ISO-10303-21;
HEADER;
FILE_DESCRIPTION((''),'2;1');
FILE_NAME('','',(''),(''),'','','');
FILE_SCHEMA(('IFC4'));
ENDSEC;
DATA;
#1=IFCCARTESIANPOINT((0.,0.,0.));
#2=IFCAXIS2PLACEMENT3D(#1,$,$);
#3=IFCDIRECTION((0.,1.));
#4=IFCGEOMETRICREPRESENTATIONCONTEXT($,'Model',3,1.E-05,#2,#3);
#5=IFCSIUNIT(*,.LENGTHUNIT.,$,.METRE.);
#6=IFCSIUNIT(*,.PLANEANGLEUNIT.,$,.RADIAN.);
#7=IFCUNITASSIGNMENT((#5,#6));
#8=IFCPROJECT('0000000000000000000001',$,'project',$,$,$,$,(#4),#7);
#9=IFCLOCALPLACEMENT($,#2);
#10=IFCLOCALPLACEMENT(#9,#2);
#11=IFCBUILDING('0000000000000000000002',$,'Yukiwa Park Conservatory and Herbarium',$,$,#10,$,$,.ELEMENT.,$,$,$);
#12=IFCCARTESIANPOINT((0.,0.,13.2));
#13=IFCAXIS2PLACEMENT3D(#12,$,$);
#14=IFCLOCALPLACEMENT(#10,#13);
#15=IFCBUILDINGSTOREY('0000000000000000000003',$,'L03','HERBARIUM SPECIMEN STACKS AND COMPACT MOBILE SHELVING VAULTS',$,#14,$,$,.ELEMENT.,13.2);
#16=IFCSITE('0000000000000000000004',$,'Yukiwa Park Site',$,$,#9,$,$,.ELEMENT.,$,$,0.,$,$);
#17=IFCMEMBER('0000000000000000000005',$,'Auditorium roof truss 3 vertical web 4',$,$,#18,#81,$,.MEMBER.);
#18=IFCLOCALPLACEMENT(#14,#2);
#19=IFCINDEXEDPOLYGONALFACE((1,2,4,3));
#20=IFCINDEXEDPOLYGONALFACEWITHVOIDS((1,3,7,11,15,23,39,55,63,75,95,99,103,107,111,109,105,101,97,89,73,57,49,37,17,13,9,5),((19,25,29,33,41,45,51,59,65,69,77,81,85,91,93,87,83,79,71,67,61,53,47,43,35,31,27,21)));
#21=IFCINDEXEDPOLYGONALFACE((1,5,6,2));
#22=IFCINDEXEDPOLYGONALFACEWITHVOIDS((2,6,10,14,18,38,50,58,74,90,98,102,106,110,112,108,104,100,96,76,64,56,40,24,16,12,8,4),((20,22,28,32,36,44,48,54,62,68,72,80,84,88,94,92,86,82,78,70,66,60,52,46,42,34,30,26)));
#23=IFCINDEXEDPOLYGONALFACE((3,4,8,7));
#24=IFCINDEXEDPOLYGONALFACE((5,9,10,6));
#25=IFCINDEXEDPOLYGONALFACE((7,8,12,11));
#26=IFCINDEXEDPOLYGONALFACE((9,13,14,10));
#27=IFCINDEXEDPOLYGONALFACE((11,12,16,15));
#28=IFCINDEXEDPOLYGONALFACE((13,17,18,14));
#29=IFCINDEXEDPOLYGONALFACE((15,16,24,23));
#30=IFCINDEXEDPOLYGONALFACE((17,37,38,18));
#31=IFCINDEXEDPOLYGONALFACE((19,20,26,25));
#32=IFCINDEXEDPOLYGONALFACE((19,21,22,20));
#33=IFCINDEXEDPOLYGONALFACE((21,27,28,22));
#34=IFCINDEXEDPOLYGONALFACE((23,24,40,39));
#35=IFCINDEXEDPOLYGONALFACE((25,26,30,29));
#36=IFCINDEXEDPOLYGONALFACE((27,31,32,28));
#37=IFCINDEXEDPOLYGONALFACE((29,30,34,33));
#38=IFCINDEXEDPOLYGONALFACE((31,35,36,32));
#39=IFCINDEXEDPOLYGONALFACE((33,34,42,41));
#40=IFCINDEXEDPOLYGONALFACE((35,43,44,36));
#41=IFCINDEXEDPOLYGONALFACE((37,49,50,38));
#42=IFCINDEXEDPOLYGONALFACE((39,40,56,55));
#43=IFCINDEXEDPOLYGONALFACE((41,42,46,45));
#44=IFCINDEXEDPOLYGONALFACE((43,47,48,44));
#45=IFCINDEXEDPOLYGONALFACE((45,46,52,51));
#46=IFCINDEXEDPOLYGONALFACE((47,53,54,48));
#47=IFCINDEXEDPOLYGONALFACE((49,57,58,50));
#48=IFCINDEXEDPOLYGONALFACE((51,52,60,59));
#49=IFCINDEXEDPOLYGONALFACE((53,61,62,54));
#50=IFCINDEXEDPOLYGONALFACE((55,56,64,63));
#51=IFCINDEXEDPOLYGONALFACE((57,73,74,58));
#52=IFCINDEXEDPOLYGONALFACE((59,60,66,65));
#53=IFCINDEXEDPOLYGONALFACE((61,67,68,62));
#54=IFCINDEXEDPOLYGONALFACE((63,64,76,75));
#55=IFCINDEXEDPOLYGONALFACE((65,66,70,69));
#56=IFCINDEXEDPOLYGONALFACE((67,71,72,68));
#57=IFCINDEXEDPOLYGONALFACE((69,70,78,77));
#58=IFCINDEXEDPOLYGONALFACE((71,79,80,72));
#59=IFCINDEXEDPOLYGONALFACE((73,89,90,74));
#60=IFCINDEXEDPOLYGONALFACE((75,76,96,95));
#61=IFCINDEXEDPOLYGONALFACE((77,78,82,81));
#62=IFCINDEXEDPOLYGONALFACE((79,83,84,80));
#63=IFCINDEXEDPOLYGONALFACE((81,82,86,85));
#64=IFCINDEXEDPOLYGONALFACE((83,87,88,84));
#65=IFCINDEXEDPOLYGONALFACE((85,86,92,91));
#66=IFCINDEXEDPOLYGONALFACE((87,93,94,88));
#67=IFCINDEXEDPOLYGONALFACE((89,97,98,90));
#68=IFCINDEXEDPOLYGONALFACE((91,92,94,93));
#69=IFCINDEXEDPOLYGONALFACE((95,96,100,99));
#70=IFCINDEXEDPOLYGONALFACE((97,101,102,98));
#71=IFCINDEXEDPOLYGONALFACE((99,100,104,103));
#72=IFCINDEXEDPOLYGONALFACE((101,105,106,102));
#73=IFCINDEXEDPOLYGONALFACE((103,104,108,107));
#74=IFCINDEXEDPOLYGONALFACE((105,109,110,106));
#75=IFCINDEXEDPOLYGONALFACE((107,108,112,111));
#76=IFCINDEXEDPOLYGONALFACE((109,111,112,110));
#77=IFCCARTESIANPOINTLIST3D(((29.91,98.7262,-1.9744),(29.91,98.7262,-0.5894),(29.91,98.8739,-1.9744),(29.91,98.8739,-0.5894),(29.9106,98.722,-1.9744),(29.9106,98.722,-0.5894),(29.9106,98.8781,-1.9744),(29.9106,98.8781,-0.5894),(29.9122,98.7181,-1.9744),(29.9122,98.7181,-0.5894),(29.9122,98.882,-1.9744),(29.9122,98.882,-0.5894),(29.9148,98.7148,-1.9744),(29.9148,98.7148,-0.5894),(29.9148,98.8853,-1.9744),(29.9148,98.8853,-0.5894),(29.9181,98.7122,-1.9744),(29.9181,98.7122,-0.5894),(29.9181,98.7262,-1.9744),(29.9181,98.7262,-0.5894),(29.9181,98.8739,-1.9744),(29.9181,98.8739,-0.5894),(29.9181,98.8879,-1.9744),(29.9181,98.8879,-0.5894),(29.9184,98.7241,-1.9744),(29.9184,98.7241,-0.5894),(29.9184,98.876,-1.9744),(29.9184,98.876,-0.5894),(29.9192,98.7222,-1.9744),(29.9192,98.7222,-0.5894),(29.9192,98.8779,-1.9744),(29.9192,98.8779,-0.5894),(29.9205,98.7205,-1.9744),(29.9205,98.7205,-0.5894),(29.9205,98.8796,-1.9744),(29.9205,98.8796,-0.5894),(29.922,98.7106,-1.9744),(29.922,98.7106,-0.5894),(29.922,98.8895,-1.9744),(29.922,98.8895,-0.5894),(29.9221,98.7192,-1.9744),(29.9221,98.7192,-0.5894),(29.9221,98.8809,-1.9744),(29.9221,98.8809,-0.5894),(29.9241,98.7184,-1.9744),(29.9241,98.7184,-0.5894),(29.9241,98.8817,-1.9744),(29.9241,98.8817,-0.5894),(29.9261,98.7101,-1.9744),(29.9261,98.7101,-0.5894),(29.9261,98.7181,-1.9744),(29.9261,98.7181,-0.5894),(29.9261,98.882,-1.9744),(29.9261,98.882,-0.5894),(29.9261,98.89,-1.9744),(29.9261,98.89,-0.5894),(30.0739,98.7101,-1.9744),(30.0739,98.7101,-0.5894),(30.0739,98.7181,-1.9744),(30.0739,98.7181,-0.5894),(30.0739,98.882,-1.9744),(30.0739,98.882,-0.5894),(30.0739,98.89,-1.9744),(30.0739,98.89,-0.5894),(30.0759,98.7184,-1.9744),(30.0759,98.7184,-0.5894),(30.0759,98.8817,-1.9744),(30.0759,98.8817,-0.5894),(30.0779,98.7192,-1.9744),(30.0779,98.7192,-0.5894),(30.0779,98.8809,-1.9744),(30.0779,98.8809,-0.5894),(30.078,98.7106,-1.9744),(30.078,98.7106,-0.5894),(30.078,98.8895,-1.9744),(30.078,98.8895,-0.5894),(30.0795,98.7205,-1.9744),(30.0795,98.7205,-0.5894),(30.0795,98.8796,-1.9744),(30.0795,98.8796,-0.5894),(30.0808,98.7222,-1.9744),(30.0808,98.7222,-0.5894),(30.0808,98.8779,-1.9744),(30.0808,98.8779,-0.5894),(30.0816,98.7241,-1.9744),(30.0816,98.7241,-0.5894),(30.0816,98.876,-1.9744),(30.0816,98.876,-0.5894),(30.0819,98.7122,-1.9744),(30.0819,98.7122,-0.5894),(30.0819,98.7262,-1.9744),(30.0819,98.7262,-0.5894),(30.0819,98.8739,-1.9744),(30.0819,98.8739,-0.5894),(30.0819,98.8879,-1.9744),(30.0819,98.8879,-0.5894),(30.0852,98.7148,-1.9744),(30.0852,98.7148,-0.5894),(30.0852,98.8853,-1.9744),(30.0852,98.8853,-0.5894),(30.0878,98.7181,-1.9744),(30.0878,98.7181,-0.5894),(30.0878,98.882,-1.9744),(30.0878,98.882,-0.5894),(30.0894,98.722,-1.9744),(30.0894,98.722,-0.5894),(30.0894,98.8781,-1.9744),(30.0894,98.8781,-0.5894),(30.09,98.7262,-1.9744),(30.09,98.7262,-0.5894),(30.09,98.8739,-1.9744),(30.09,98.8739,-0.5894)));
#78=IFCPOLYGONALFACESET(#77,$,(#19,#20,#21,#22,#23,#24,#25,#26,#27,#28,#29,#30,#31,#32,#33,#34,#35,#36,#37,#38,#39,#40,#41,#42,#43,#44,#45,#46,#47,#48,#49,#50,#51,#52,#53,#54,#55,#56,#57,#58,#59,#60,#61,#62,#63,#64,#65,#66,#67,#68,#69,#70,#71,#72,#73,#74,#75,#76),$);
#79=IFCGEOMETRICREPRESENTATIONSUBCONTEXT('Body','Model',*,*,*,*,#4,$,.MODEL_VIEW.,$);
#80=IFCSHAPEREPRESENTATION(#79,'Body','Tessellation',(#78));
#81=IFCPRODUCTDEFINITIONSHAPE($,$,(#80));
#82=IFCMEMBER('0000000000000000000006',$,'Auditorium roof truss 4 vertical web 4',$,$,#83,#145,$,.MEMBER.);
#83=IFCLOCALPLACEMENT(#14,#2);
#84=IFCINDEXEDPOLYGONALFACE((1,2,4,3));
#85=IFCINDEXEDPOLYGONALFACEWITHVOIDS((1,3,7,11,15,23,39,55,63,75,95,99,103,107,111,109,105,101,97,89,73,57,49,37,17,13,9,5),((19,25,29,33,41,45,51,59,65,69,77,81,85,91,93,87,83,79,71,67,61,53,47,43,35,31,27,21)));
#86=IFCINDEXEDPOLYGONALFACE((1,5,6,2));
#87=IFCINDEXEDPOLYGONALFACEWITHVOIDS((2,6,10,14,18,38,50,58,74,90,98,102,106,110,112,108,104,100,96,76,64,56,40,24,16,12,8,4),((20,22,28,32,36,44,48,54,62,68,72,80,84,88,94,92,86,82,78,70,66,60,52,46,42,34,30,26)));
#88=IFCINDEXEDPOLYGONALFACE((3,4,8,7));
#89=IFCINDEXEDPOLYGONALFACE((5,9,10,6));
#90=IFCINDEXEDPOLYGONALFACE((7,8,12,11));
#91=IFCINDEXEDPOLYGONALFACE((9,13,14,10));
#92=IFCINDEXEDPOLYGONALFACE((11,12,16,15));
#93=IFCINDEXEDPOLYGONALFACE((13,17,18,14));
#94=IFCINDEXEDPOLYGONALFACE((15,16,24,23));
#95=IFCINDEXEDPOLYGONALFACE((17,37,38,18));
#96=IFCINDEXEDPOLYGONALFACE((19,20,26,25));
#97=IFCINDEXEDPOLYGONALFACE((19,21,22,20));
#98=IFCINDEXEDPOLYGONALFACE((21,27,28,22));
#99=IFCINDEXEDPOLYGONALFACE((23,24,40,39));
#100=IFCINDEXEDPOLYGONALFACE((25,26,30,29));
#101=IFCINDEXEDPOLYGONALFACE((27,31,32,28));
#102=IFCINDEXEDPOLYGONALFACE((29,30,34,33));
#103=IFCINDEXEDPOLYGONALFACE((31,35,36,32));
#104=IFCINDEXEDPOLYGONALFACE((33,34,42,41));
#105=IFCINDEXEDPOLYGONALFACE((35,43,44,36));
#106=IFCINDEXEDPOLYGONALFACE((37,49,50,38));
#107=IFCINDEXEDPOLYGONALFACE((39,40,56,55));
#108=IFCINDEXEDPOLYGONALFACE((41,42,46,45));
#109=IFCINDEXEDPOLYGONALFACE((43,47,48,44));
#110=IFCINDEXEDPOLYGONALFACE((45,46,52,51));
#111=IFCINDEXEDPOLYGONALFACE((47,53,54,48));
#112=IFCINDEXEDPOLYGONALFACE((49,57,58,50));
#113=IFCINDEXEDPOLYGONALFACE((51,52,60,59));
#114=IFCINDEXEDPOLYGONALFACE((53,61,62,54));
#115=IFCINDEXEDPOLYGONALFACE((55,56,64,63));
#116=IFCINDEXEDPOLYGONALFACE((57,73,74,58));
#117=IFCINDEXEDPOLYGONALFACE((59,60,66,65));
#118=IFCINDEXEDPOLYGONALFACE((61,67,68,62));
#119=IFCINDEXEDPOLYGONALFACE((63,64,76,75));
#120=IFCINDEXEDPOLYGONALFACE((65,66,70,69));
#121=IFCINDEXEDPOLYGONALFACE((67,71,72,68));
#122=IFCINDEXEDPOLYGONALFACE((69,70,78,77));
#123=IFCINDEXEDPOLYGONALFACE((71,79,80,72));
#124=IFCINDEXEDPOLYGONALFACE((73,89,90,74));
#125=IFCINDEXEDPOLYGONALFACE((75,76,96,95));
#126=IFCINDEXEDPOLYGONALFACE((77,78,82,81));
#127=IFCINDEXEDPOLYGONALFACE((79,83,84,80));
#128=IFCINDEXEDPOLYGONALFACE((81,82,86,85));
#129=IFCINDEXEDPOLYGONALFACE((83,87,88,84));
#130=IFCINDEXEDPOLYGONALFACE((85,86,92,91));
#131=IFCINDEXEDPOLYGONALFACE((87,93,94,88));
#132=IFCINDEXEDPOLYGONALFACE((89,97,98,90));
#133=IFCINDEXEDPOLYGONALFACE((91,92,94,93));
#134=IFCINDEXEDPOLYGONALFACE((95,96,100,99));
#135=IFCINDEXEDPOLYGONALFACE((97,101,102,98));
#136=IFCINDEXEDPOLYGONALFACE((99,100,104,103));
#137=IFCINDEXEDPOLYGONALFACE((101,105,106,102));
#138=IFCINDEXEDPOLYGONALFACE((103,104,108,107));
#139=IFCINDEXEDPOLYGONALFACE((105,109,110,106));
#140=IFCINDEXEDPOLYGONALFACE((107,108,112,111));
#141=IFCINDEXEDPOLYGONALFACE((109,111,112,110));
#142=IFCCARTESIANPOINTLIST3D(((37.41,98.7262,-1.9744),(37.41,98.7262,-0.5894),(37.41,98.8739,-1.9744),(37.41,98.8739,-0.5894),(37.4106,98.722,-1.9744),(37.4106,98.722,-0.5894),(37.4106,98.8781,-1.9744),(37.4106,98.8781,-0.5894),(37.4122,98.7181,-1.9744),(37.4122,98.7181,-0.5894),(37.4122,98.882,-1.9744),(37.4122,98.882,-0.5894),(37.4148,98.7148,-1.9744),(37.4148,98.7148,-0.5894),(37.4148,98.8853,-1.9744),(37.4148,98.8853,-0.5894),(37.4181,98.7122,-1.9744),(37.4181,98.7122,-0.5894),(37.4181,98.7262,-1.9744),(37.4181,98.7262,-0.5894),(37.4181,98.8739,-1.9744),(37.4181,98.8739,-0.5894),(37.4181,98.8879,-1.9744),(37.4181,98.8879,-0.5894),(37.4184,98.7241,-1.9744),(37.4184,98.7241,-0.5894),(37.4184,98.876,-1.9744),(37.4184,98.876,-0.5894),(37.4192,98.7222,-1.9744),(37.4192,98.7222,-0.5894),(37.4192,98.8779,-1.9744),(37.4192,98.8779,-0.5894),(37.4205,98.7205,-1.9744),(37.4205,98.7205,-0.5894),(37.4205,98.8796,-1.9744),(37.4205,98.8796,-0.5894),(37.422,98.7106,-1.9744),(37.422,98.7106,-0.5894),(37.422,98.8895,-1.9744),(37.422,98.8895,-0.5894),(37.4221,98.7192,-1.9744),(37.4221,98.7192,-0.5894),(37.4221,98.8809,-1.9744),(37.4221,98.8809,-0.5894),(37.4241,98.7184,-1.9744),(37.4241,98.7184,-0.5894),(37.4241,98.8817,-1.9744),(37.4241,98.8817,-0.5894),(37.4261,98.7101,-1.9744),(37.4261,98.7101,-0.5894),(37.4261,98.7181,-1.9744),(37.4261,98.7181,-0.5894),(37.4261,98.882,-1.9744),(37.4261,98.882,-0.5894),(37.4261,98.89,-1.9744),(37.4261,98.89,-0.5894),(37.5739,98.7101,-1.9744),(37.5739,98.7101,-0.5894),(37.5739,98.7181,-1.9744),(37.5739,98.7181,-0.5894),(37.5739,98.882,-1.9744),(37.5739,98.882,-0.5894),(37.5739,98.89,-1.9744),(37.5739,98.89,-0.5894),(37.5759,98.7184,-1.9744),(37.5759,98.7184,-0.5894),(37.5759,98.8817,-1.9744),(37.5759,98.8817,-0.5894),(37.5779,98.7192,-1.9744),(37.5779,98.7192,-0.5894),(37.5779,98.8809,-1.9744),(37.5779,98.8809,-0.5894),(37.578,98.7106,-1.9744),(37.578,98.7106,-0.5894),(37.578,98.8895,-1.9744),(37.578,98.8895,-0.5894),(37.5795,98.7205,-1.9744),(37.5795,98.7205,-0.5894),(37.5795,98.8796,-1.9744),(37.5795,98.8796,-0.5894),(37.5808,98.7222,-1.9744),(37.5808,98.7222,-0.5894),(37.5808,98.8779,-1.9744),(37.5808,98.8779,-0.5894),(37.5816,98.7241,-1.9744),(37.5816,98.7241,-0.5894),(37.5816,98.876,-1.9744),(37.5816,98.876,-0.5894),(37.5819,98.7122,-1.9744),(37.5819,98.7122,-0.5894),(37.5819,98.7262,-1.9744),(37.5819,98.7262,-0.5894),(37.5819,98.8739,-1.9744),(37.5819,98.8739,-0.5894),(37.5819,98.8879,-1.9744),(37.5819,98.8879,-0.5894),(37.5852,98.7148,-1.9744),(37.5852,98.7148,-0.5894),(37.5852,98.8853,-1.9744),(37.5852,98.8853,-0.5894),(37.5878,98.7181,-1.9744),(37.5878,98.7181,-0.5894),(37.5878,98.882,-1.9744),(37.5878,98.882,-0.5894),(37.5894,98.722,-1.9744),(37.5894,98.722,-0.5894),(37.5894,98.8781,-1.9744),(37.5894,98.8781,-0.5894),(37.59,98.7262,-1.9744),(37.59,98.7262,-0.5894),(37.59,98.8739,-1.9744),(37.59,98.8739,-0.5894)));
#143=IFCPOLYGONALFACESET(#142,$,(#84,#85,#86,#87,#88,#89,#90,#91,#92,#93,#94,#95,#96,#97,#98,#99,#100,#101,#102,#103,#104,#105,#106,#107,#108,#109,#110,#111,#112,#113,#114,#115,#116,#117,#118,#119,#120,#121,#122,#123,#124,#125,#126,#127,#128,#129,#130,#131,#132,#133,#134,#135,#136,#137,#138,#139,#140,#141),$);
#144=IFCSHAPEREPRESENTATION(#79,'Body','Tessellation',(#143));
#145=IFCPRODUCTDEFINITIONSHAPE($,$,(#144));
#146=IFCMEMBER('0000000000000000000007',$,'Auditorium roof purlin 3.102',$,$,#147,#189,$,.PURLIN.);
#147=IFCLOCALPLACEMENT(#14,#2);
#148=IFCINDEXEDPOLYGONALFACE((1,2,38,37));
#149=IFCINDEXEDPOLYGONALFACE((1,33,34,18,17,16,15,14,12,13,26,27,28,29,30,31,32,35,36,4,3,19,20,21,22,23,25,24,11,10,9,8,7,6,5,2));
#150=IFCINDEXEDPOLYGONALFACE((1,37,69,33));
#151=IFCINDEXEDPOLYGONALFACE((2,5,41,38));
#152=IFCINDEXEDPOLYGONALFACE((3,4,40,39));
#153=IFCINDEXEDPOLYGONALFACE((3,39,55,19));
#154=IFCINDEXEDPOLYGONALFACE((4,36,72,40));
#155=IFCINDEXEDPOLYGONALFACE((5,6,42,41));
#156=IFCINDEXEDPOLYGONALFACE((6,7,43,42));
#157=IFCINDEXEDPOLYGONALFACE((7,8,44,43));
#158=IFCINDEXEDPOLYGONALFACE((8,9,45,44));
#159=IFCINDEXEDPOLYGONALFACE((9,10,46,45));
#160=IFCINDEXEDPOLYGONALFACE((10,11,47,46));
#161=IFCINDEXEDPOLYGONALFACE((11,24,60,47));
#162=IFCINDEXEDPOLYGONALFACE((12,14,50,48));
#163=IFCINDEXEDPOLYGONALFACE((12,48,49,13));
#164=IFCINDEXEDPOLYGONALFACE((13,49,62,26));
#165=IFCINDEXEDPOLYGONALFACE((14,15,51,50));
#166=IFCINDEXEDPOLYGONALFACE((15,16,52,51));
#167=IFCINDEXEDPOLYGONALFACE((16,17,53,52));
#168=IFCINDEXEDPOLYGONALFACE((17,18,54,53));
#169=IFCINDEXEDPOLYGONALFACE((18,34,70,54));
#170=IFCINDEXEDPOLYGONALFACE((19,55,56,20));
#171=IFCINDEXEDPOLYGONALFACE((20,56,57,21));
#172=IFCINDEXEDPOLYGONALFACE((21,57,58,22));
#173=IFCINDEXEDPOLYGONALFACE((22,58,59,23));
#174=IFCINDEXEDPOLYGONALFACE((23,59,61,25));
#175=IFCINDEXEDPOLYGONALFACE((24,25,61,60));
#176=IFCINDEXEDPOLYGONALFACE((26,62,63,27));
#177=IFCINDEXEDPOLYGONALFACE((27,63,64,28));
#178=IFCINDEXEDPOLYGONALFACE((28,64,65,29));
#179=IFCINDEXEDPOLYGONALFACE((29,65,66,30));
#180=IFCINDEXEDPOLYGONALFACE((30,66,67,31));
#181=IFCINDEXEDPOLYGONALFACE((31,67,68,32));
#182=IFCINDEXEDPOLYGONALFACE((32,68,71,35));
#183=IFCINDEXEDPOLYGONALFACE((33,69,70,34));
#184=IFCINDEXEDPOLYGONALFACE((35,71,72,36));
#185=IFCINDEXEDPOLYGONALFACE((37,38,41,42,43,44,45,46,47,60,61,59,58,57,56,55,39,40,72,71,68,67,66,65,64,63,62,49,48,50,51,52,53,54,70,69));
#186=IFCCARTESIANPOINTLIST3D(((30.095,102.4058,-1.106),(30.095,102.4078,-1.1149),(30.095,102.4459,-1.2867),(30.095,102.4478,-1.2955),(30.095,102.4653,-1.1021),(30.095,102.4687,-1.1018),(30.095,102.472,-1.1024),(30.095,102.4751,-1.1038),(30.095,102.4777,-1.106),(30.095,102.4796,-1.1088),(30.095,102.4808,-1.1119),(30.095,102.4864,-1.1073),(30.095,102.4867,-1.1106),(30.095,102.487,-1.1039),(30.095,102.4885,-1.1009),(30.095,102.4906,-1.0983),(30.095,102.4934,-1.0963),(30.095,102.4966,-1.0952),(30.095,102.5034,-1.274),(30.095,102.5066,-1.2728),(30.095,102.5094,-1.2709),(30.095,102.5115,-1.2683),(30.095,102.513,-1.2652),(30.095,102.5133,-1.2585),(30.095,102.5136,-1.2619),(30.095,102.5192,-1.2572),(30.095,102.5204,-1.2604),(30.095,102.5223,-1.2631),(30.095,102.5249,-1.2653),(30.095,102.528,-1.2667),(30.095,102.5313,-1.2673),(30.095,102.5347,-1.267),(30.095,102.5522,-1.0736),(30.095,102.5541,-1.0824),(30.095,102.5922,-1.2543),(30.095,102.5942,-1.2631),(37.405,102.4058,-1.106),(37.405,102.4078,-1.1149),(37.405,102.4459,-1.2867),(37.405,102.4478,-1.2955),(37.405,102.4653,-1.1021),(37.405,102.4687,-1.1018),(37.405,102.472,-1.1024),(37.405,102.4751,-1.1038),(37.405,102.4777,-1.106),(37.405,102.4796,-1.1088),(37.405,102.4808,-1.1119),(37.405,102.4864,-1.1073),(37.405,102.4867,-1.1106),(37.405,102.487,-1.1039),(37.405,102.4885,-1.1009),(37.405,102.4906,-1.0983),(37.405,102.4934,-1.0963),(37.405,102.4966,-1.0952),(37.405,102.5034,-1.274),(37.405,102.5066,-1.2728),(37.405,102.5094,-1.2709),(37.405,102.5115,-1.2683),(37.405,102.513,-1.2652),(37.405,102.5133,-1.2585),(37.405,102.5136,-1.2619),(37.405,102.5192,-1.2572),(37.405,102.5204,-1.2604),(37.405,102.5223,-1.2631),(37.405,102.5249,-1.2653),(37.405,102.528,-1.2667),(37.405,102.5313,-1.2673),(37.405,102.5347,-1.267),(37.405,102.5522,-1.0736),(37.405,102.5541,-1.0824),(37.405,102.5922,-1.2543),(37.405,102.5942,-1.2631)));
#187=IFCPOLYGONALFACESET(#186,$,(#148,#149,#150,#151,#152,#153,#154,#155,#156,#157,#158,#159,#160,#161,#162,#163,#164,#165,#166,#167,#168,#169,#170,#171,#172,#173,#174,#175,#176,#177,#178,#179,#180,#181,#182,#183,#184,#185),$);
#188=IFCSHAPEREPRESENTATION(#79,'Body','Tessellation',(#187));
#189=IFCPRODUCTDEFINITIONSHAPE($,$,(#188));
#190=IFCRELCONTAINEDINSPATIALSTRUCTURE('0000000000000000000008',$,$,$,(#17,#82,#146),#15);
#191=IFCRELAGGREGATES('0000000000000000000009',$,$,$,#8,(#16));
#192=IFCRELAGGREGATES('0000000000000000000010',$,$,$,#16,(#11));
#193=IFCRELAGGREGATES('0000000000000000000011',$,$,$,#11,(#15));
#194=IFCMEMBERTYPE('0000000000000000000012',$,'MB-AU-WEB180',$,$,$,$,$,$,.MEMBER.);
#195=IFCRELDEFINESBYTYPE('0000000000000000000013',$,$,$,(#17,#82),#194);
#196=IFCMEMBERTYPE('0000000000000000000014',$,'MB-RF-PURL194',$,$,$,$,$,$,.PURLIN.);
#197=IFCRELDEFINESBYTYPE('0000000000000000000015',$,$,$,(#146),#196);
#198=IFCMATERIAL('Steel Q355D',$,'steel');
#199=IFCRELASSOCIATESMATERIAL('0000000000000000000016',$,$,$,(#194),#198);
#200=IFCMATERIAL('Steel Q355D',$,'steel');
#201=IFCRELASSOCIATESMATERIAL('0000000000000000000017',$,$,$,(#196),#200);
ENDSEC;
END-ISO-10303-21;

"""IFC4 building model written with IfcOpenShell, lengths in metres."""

from ifc_helpers import new_model, si_unit, direction, frame, origin, origin_2d, place, context, subcontext, project, spatial, hollow_rectangle, i_section, extrude, material, material_profile, profile_set, type_object, element, save


model = new_model("IFC4")

# Units and contexts
model_context = context("Model", 3, precision=1e-05, world=origin(), true_north=direction((0.0, 1.0)))
body_context = subcontext(model_context, "Body", "Model", "MODEL_VIEW")
ifc_project = project(units=[si_unit("LENGTHUNIT", "METRE"), si_unit("PLANEANGLEUNIT", "RADIAN")], contexts=[model_context])

# Site, building, storey
site_placement = place(None, origin())
site = spatial("IfcSite", under=ifc_project, at=site_placement, Name="Yukiwa Park Site", CompositionType="ELEMENT", RefElevation=0.0)
building_placement = place(site_placement, origin())
building = spatial("IfcBuilding", under=site, at=building_placement, Name="Yukiwa Park Conservatory and Herbarium", CompositionType="ELEMENT")
storey_placement = place(building_placement, frame((0.0, 0.0, 13.2)))
storey = spatial("IfcBuildingStorey", under=building, at=storey_placement, Name="L03", Description="HERBARIUM SPECIMEN STACKS AND COMPACT MOBILE SHELVING VAULTS", CompositionType="ELEMENT", Elevation=13.2)

# Members
ifc_material_1 = material(Name="Steel Q355D", Category="steel")
ifc_material_profile_1 = material_profile(ifc_material_1, hollow_rectangle(XDim=0.1799, YDim=0.1799, WallThickness=0.0081, InnerFilletRadius=0.0081, OuterFilletRadius=0.0161, at=origin_2d()), Name="SHS 180x180x8")
ifc_profile_set_1 = profile_set([ifc_material_profile_1], Name="Steel Q355D")
member_type_1 = type_object("IfcMemberType", Name="MB-AU-WEB180", PredefinedType="MEMBER", material=ifc_profile_set_1)
for number, where, z_axis, x_axis, name in (
    (1, (30.0, 98.8, -1.9744), (0.0, 0.0, 1.0), (1.0, 0.0, 0.0), "Auditorium roof truss 3 vertical web 4"),
    (2, (37.5, 98.8, -1.9744), (0.0, 0.0, 1.0), (1.0, 0.0, 0.0), "Auditorium roof truss 4 vertical web 4"),
):
    element("IfcMember", number, at=place(storey_placement, frame(where, z_axis=z_axis, x_axis=x_axis)), inside=storey, type_object=member_type_1, Name=name, PredefinedType="MEMBER", context=body_context, shape_type="SweptSolid", body=[
        extrude(hollow_rectangle(XDim=0.1799, YDim=0.1799, WallThickness=0.0081, InnerFilletRadius=0.0081, OuterFilletRadius=0.0161, at=origin_2d()), origin(), (0.0, 0.0, 1.0), 1.385),
    ])
ifc_material_2 = material(Name="Steel Q355D", Category="steel")
ifc_material_profile_2 = material_profile(ifc_material_2, i_section(OverallWidth=0.1499, OverallDepth=0.1941, WebThickness=0.0061, FlangeThickness=0.009, FilletRadius=0.0129, at=origin_2d()), Name="HM 194x150x6x9")
ifc_profile_set_2 = profile_set([ifc_material_profile_2], Name="Steel Q355D")
member_type_2 = type_object("IfcMemberType", Name="MB-RF-PURL194", PredefinedType="PURLIN", material=ifc_profile_set_2)
for number, where, z_axis, x_axis, name in (
    (3, (30.095, 102.5, -1.1846), (1.0, 0.0, 0.0), (0.0, 0.976296, 0.21644), "Auditorium roof purlin 3.102"),
):
    element("IfcMember", number, at=place(storey_placement, frame(where, z_axis=z_axis, x_axis=x_axis)), inside=storey, type_object=member_type_2, Name=name, PredefinedType="PURLIN", context=body_context, shape_type="SweptSolid", body=[
        extrude(i_section(OverallWidth=0.1499, OverallDepth=0.1941, WebThickness=0.0061, FlangeThickness=0.009, FilletRadius=0.0129, at=origin_2d()), origin(), (0.0, 0.0, 1.0), 7.3101),
    ])

save(model, "model.ifc")
